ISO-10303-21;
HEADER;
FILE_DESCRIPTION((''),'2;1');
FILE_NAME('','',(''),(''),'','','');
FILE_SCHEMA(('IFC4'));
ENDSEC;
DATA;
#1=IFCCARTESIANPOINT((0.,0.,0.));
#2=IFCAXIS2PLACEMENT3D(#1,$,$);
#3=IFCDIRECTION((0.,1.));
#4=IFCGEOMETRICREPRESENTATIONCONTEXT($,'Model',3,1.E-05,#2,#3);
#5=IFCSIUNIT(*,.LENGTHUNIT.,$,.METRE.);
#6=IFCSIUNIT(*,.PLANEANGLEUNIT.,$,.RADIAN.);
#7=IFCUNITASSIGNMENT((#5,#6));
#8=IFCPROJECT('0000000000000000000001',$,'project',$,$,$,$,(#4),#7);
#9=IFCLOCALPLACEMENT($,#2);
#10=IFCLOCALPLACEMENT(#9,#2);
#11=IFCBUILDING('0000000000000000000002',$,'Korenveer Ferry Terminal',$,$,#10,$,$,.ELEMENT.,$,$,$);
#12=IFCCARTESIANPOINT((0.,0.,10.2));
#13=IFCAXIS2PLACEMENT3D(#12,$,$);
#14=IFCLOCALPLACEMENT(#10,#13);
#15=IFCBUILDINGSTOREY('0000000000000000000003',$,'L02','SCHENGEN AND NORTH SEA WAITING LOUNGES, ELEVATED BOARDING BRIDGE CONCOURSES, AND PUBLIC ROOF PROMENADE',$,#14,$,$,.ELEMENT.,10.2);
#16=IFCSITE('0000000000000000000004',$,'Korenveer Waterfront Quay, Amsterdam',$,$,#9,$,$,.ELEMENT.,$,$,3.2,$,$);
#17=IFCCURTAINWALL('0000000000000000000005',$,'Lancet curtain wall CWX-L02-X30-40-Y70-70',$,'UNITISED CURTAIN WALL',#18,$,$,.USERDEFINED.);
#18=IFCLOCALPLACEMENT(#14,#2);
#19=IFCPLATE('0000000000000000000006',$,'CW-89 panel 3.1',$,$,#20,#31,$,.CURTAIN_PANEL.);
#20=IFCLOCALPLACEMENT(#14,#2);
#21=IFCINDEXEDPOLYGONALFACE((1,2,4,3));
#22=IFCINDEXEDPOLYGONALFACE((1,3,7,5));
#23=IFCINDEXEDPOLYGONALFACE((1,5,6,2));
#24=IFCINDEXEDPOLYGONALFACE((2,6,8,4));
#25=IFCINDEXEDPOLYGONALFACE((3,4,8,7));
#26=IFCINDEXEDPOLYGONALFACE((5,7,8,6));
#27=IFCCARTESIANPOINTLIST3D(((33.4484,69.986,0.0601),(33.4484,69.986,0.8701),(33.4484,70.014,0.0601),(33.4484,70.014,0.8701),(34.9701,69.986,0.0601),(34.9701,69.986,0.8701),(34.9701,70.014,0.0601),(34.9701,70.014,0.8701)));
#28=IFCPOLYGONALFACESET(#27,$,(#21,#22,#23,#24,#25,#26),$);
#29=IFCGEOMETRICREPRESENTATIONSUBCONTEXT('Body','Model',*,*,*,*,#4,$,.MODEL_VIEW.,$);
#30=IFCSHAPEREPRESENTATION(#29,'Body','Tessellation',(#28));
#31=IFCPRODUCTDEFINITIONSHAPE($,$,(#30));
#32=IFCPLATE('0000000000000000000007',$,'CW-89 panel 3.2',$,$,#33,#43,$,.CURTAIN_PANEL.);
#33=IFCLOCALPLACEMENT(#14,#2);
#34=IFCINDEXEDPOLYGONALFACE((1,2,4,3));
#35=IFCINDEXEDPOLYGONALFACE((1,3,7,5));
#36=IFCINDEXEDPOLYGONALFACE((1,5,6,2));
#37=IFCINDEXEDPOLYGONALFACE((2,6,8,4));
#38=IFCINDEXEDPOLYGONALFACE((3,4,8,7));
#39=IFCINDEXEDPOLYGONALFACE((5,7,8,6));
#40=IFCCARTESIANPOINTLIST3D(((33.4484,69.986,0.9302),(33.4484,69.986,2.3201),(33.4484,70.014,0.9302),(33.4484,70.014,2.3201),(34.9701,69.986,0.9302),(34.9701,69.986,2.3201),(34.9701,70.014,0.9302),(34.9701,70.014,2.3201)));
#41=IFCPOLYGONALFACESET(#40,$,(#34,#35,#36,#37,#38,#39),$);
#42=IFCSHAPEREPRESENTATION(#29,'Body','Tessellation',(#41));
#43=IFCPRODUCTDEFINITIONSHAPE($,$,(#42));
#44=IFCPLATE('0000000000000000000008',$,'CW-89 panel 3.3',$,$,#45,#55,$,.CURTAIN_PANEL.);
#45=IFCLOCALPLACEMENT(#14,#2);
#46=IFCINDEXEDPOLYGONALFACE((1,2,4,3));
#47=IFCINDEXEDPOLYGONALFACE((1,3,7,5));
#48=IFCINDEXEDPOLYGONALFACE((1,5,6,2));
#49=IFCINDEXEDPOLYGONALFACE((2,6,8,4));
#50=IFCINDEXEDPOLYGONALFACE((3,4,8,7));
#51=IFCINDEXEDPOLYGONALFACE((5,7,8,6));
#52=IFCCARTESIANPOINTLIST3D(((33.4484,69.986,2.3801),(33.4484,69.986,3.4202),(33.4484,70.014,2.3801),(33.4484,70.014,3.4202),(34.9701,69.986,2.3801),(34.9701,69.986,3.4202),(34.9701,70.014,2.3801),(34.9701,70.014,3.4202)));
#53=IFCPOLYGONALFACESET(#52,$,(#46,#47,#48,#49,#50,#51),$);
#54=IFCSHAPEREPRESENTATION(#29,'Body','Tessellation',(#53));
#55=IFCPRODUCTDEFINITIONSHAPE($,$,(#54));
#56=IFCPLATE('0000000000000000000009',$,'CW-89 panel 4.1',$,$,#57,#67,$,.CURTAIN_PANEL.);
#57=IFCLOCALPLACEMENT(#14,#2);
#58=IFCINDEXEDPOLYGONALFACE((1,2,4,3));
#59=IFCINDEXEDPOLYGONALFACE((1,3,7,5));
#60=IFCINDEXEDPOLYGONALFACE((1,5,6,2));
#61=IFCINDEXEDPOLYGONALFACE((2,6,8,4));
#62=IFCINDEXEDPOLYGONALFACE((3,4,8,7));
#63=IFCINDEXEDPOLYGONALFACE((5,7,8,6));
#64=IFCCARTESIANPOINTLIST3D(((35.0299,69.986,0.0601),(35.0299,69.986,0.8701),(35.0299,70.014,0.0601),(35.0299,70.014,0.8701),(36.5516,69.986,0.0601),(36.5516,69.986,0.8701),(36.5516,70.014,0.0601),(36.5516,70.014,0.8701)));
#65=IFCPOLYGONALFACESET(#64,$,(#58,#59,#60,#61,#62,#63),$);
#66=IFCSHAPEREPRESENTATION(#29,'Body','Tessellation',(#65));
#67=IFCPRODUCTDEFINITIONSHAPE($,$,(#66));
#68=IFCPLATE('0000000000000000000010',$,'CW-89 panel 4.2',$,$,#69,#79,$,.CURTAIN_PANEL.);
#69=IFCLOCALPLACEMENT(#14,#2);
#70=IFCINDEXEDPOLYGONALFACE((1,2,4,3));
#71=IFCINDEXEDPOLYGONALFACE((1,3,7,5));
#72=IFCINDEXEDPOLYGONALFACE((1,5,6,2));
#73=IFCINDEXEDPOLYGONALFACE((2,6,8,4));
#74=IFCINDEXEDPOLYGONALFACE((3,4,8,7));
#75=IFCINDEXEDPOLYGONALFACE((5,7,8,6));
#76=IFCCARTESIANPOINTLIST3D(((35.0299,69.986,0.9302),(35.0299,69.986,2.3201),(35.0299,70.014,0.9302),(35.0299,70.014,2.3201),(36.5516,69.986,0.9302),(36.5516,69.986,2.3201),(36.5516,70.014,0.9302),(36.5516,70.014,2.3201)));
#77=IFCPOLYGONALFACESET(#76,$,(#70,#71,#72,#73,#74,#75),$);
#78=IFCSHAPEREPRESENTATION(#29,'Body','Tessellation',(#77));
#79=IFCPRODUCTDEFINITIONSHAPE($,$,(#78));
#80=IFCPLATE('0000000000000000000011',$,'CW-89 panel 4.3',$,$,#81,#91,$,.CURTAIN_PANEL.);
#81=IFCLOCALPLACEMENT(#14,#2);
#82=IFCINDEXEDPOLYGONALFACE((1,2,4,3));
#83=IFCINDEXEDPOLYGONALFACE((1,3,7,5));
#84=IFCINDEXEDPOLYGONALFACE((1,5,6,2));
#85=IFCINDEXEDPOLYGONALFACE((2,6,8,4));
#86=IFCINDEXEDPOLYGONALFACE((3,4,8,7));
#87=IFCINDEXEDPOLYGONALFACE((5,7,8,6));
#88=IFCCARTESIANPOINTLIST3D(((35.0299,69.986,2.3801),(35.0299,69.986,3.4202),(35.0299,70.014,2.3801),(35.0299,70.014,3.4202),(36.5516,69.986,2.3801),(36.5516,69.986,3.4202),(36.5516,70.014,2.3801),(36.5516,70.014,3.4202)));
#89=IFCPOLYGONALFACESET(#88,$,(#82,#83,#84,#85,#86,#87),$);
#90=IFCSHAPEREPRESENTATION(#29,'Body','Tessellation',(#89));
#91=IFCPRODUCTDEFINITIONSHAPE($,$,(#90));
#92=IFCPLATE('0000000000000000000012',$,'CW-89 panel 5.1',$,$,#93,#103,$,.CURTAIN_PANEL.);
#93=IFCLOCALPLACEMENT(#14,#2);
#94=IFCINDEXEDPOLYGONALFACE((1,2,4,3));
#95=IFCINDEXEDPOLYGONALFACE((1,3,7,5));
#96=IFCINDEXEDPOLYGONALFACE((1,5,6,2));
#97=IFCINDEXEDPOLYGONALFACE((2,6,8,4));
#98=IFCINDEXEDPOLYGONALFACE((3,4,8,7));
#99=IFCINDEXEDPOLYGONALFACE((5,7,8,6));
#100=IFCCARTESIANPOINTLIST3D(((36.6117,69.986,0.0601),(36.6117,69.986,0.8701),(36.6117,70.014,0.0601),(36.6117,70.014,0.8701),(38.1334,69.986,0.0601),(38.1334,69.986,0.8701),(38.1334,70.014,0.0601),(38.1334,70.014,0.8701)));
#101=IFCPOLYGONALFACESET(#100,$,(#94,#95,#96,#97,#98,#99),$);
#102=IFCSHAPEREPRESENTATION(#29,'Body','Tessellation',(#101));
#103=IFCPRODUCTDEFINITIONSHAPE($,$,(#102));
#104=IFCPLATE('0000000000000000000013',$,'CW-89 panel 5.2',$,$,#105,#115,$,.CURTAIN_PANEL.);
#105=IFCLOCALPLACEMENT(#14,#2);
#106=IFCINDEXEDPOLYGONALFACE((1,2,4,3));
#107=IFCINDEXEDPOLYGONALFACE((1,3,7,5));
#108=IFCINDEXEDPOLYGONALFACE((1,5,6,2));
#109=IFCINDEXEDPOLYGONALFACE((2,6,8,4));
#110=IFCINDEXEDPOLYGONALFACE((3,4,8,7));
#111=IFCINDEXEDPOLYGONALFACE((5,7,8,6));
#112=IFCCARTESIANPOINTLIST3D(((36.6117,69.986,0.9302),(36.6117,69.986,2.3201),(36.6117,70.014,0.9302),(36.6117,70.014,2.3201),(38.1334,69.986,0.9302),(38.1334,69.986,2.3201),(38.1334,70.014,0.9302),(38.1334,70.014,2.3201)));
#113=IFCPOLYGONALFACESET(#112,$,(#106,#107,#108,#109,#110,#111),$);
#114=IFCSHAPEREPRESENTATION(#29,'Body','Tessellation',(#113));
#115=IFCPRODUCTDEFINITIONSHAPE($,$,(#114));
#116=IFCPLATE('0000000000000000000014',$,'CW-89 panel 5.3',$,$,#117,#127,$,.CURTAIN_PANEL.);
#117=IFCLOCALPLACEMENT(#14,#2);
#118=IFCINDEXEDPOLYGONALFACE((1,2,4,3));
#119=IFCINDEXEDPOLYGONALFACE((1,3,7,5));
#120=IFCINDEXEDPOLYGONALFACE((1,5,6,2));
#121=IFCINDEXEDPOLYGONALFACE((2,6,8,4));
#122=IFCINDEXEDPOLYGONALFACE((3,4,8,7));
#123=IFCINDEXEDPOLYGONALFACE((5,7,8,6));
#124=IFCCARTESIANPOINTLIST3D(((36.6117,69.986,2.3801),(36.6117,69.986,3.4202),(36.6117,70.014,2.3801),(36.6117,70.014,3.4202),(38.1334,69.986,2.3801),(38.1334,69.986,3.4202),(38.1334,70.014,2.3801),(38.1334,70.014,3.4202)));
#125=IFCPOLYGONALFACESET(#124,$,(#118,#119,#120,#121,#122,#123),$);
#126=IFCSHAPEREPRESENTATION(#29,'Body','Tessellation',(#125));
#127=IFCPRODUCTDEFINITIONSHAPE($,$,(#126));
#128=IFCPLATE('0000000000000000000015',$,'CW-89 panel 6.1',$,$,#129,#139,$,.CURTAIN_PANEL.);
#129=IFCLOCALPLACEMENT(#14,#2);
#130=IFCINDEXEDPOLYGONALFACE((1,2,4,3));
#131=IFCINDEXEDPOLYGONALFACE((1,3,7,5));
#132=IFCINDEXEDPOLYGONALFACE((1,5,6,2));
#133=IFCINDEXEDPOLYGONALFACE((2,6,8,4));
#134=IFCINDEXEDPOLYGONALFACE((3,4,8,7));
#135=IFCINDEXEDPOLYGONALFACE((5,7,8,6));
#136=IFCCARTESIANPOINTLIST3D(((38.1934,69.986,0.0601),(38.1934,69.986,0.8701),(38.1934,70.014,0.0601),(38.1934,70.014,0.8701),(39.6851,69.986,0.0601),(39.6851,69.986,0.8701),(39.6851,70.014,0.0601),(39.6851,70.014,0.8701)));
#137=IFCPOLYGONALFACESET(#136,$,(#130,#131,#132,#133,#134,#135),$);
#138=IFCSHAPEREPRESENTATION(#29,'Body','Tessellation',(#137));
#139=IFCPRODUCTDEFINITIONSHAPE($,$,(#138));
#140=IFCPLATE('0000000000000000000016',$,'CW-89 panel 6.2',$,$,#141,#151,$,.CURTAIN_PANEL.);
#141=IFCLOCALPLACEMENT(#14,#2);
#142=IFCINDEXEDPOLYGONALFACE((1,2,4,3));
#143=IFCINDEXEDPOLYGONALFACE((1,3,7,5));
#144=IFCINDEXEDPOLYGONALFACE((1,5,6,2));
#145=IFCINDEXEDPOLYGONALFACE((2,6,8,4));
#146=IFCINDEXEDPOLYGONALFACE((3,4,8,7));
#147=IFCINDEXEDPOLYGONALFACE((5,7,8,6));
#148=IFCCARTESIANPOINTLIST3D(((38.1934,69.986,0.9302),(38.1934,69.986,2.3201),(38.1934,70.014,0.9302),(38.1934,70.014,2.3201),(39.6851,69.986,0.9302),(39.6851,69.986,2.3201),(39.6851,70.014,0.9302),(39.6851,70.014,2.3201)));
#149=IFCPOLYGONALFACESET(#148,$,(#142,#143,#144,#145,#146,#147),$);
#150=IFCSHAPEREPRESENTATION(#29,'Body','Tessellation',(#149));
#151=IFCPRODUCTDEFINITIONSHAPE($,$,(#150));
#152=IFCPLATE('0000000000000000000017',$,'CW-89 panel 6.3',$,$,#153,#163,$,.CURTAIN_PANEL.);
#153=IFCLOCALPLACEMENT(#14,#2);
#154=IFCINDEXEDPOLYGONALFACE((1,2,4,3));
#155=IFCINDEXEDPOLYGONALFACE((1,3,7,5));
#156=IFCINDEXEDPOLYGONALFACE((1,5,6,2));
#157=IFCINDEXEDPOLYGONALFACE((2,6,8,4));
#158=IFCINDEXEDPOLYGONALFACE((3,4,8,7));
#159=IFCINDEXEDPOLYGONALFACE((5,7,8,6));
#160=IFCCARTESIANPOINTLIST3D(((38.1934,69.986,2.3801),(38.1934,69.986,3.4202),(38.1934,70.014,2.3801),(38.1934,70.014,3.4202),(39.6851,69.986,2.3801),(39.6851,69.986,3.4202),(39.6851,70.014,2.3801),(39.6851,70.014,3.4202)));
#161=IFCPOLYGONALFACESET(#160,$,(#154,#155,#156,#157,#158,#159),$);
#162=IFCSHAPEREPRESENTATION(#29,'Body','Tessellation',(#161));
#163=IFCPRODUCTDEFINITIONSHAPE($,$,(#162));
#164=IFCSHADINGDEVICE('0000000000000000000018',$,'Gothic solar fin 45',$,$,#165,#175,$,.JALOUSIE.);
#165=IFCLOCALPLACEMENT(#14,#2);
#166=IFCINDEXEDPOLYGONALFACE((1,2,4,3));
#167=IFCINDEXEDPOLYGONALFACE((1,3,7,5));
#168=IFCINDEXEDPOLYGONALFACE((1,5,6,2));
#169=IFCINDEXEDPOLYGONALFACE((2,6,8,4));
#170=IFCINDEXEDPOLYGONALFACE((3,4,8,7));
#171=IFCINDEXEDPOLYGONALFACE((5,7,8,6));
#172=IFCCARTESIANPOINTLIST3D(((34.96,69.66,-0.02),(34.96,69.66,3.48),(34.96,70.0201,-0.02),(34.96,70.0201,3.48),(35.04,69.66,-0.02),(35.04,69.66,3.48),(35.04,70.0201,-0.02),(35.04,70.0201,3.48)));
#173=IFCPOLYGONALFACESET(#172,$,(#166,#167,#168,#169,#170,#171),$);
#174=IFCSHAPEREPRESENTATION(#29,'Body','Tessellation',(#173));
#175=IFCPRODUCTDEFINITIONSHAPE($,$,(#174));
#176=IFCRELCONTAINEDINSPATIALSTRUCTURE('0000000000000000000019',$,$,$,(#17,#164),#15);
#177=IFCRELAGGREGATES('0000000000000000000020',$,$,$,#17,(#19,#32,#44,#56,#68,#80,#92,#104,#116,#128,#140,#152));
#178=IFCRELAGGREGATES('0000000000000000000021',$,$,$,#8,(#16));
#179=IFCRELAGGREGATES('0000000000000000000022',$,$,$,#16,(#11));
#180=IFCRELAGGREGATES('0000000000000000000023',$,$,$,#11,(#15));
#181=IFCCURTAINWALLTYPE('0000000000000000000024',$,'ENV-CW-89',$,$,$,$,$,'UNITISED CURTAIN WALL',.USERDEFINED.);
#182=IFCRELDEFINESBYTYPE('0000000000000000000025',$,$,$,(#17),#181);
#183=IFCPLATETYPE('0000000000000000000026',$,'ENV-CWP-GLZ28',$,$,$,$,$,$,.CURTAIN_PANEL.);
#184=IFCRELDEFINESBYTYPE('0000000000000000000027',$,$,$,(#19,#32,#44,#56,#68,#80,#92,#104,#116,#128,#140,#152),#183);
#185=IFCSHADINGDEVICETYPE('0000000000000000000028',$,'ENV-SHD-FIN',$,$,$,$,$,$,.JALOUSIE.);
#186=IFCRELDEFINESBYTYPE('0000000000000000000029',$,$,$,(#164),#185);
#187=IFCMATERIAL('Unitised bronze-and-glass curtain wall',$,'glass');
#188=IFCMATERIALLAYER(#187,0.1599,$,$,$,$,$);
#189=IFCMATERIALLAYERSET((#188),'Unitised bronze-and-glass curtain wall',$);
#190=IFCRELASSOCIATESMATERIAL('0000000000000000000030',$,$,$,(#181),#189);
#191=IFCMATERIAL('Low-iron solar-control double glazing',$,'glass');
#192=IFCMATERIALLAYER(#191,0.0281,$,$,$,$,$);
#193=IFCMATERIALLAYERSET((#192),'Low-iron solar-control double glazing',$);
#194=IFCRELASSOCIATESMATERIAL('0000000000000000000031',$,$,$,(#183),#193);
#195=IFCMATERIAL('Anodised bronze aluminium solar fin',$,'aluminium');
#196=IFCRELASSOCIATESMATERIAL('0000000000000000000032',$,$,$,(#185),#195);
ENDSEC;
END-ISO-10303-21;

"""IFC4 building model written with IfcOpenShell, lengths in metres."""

from ifc_helpers import new_model, si_unit, direction, frame, origin, origin_2d, place, context, subcontext, project, spatial, rectangle, extrude, material, layer, layer_set, type_object, element, aggregate, save


model = new_model("IFC4")

# Units and contexts
model_context = context("Model", 3, precision=1e-05, world=origin(), true_north=direction((0.0, 1.0)))
body_context = subcontext(model_context, "Body", "Model", "MODEL_VIEW")
ifc_project = project(units=[si_unit("LENGTHUNIT", "METRE"), si_unit("PLANEANGLEUNIT", "RADIAN")], contexts=[model_context])

# Site, building, storey
site_placement = place(None, origin())
site = spatial("IfcSite", under=ifc_project, at=site_placement, Name="Korenveer Waterfront Quay, Amsterdam", CompositionType="ELEMENT", RefElevation=3.2)
building_placement = place(site_placement, origin())
building = spatial("IfcBuilding", under=site, at=building_placement, Name="Korenveer Ferry Terminal", CompositionType="ELEMENT")
storey_placement = place(building_placement, frame((0.0, 0.0, 10.2)))
storey = spatial("IfcBuildingStorey", under=building, at=storey_placement, Name="L02", Description="SCHENGEN AND NORTH SEA WAITING LOUNGES, ELEVATED BOARDING BRIDGE CONCOURSES, AND PUBLIC ROOF PROMENADE", CompositionType="ELEMENT", Elevation=10.2)

# Curtain wall
ifc_material_1 = material(Name="Unitised bronze-and-glass curtain wall", Category="glass")
ifc_layer_1 = layer(ifc_material_1, 0.1599)
ifc_layer_set_1 = layer_set([ifc_layer_1], Name="Unitised bronze-and-glass curtain wall")
curtain_wall_type = type_object("IfcCurtainWallType", Name="ENV-CW-89", ElementType="UNITISED CURTAIN WALL", PredefinedType="USERDEFINED", material=ifc_layer_set_1)
curtain_wall_placement = place(storey_placement, frame((30.2549, 70.0, 0.0)))
curtain_wall = element("IfcCurtainWall", 1, at=curtain_wall_placement, inside=storey, type_object=curtain_wall_type, Name="Lancet curtain wall CWX-L02-X30-40-Y70-70", ObjectType="UNITISED CURTAIN WALL", PredefinedType="USERDEFINED")

# Plates
ifc_material_2 = material(Name="Low-iron solar-control double glazing", Category="glass")
ifc_layer_2 = layer(ifc_material_2, 0.0281)
ifc_layer_set_2 = layer_set([ifc_layer_2], Name="Low-iron solar-control double glazing")
plate_type = type_object("IfcPlateType", Name="ENV-CWP-GLZ28", PredefinedType="CURTAIN_PANEL", material=ifc_layer_set_2)
plate_1_placement = place(storey_placement, frame((34.2092, 70.0, 0.0601), z_axis=(0.0, 0.0, 1.0), x_axis=(1.0, 0.0, 0.0)))
plate_1 = element("IfcPlate", 2, at=plate_1_placement, type_object=plate_type, Name="CW-89 panel 3.1", PredefinedType="CURTAIN_PANEL", context=body_context, shape_type="SweptSolid", body=[
    extrude(rectangle(XDim=1.5217, YDim=0.0281, at=origin_2d()), origin(), (0.0, 0.0, 1.0), 0.8101),
])
plate_2_placement = place(storey_placement, frame((34.2092, 70.0, 0.9302), z_axis=(0.0, 0.0, 1.0), x_axis=(1.0, 0.0, 0.0)))
plate_2 = element("IfcPlate", 3, at=plate_2_placement, type_object=plate_type, Name="CW-89 panel 3.2", PredefinedType="CURTAIN_PANEL", context=body_context, shape_type="SweptSolid", body=[
    extrude(rectangle(XDim=1.5217, YDim=0.0281, at=origin_2d()), origin(), (0.0, 0.0, 1.0), 1.3899),
])
plate_3_placement = place(storey_placement, frame((34.2092, 70.0, 2.3801), z_axis=(0.0, 0.0, 1.0), x_axis=(1.0, 0.0, 0.0)))
plate_3 = element("IfcPlate", 4, at=plate_3_placement, type_object=plate_type, Name="CW-89 panel 3.3", PredefinedType="CURTAIN_PANEL", context=body_context, shape_type="SweptSolid", body=[
    extrude(rectangle(XDim=1.5217, YDim=0.0281, at=origin_2d()), origin(), (0.0, 0.0, 1.0), 1.04),
])
plate_4_placement = place(storey_placement, frame((35.7908, 70.0, 0.0601), z_axis=(0.0, 0.0, 1.0), x_axis=(1.0, 0.0, 0.0)))
plate_4 = element("IfcPlate", 5, at=plate_4_placement, type_object=plate_type, Name="CW-89 panel 4.1", PredefinedType="CURTAIN_PANEL", context=body_context, shape_type="SweptSolid", body=[
    extrude(rectangle(XDim=1.5217, YDim=0.0281, at=origin_2d()), origin(), (0.0, 0.0, 1.0), 0.8101),
])
plate_5_placement = place(storey_placement, frame((35.7908, 70.0, 0.9302), z_axis=(0.0, 0.0, 1.0), x_axis=(1.0, 0.0, 0.0)))
plate_5 = element("IfcPlate", 6, at=plate_5_placement, type_object=plate_type, Name="CW-89 panel 4.2", PredefinedType="CURTAIN_PANEL", context=body_context, shape_type="SweptSolid", body=[
    extrude(rectangle(XDim=1.5217, YDim=0.0281, at=origin_2d()), origin(), (0.0, 0.0, 1.0), 1.3899),
])
plate_6_placement = place(storey_placement, frame((35.7908, 70.0, 2.3801), z_axis=(0.0, 0.0, 1.0), x_axis=(1.0, 0.0, 0.0)))
plate_6 = element("IfcPlate", 7, at=plate_6_placement, type_object=plate_type, Name="CW-89 panel 4.3", PredefinedType="CURTAIN_PANEL", context=body_context, shape_type="SweptSolid", body=[
    extrude(rectangle(XDim=1.5217, YDim=0.0281, at=origin_2d()), origin(), (0.0, 0.0, 1.0), 1.04),
])
plate_7_placement = place(storey_placement, frame((37.3726, 70.0, 0.0601), z_axis=(0.0, 0.0, 1.0), x_axis=(1.0, 0.0, 0.0)))
plate_7 = element("IfcPlate", 8, at=plate_7_placement, type_object=plate_type, Name="CW-89 panel 5.1", PredefinedType="CURTAIN_PANEL", context=body_context, shape_type="SweptSolid", body=[
    extrude(rectangle(XDim=1.5217, YDim=0.0281, at=origin_2d()), origin(), (0.0, 0.0, 1.0), 0.8101),
])
plate_8_placement = place(storey_placement, frame((37.3726, 70.0, 0.9302), z_axis=(0.0, 0.0, 1.0), x_axis=(1.0, 0.0, 0.0)))
plate_8 = element("IfcPlate", 9, at=plate_8_placement, type_object=plate_type, Name="CW-89 panel 5.2", PredefinedType="CURTAIN_PANEL", context=body_context, shape_type="SweptSolid", body=[
    extrude(rectangle(XDim=1.5217, YDim=0.0281, at=origin_2d()), origin(), (0.0, 0.0, 1.0), 1.3899),
])
plate_9_placement = place(storey_placement, frame((37.3726, 70.0, 2.3801), z_axis=(0.0, 0.0, 1.0), x_axis=(1.0, 0.0, 0.0)))
plate_9 = element("IfcPlate", 10, at=plate_9_placement, type_object=plate_type, Name="CW-89 panel 5.3", PredefinedType="CURTAIN_PANEL", context=body_context, shape_type="SweptSolid", body=[
    extrude(rectangle(XDim=1.5217, YDim=0.0281, at=origin_2d()), origin(), (0.0, 0.0, 1.0), 1.04),
])
plate_10_placement = place(storey_placement, frame((38.9392, 70.0, 0.0601), z_axis=(0.0, 0.0, 1.0), x_axis=(1.0, 0.0, 0.0)))
plate_10 = element("IfcPlate", 11, at=plate_10_placement, type_object=plate_type, Name="CW-89 panel 6.1", PredefinedType="CURTAIN_PANEL", context=body_context, shape_type="SweptSolid", body=[
    extrude(rectangle(XDim=1.4917, YDim=0.0281, at=origin_2d()), origin(), (0.0, 0.0, 1.0), 0.8101),
])
plate_11_placement = place(storey_placement, frame((38.9392, 70.0, 0.9302), z_axis=(0.0, 0.0, 1.0), x_axis=(1.0, 0.0, 0.0)))
plate_11 = element("IfcPlate", 12, at=plate_11_placement, type_object=plate_type, Name="CW-89 panel 6.2", PredefinedType="CURTAIN_PANEL", context=body_context, shape_type="SweptSolid", body=[
    extrude(rectangle(XDim=1.4917, YDim=0.0281, at=origin_2d()), origin(), (0.0, 0.0, 1.0), 1.3899),
])
plate_12_placement = place(storey_placement, frame((38.9392, 70.0, 2.3801), z_axis=(0.0, 0.0, 1.0), x_axis=(1.0, 0.0, 0.0)))
plate_12 = element("IfcPlate", 13, at=plate_12_placement, type_object=plate_type, Name="CW-89 panel 6.3", PredefinedType="CURTAIN_PANEL", context=body_context, shape_type="SweptSolid", body=[
    extrude(rectangle(XDim=1.4917, YDim=0.0281, at=origin_2d()), origin(), (0.0, 0.0, 1.0), 1.04),
])
aggregate(curtain_wall, [plate_1, plate_2, plate_3, plate_4, plate_5, plate_6, plate_7, plate_8, plate_9, plate_10, plate_11, plate_12])

# Shading device
ifc_material_3 = material(Name="Anodised bronze aluminium solar fin", Category="aluminium")
shading_device_type = type_object("IfcShadingDeviceType", Name="ENV-SHD-FIN", PredefinedType="JALOUSIE", material=ifc_material_3)
shading_device_placement = place(storey_placement, frame((35.0, 69.8401, -0.02), z_axis=(0.0, 0.0, 1.0), x_axis=(0.0, 1.0, 0.0)))
element("IfcShadingDevice", 14, at=shading_device_placement, inside=storey, type_object=shading_device_type, Name="Gothic solar fin 45", PredefinedType="JALOUSIE", context=body_context, shape_type="SweptSolid", body=[
    extrude(rectangle(XDim=0.3601, YDim=0.0801, at=origin_2d()), origin(), (0.0, 0.0, 1.0), 3.5),
])

save(model, "model.ifc")
